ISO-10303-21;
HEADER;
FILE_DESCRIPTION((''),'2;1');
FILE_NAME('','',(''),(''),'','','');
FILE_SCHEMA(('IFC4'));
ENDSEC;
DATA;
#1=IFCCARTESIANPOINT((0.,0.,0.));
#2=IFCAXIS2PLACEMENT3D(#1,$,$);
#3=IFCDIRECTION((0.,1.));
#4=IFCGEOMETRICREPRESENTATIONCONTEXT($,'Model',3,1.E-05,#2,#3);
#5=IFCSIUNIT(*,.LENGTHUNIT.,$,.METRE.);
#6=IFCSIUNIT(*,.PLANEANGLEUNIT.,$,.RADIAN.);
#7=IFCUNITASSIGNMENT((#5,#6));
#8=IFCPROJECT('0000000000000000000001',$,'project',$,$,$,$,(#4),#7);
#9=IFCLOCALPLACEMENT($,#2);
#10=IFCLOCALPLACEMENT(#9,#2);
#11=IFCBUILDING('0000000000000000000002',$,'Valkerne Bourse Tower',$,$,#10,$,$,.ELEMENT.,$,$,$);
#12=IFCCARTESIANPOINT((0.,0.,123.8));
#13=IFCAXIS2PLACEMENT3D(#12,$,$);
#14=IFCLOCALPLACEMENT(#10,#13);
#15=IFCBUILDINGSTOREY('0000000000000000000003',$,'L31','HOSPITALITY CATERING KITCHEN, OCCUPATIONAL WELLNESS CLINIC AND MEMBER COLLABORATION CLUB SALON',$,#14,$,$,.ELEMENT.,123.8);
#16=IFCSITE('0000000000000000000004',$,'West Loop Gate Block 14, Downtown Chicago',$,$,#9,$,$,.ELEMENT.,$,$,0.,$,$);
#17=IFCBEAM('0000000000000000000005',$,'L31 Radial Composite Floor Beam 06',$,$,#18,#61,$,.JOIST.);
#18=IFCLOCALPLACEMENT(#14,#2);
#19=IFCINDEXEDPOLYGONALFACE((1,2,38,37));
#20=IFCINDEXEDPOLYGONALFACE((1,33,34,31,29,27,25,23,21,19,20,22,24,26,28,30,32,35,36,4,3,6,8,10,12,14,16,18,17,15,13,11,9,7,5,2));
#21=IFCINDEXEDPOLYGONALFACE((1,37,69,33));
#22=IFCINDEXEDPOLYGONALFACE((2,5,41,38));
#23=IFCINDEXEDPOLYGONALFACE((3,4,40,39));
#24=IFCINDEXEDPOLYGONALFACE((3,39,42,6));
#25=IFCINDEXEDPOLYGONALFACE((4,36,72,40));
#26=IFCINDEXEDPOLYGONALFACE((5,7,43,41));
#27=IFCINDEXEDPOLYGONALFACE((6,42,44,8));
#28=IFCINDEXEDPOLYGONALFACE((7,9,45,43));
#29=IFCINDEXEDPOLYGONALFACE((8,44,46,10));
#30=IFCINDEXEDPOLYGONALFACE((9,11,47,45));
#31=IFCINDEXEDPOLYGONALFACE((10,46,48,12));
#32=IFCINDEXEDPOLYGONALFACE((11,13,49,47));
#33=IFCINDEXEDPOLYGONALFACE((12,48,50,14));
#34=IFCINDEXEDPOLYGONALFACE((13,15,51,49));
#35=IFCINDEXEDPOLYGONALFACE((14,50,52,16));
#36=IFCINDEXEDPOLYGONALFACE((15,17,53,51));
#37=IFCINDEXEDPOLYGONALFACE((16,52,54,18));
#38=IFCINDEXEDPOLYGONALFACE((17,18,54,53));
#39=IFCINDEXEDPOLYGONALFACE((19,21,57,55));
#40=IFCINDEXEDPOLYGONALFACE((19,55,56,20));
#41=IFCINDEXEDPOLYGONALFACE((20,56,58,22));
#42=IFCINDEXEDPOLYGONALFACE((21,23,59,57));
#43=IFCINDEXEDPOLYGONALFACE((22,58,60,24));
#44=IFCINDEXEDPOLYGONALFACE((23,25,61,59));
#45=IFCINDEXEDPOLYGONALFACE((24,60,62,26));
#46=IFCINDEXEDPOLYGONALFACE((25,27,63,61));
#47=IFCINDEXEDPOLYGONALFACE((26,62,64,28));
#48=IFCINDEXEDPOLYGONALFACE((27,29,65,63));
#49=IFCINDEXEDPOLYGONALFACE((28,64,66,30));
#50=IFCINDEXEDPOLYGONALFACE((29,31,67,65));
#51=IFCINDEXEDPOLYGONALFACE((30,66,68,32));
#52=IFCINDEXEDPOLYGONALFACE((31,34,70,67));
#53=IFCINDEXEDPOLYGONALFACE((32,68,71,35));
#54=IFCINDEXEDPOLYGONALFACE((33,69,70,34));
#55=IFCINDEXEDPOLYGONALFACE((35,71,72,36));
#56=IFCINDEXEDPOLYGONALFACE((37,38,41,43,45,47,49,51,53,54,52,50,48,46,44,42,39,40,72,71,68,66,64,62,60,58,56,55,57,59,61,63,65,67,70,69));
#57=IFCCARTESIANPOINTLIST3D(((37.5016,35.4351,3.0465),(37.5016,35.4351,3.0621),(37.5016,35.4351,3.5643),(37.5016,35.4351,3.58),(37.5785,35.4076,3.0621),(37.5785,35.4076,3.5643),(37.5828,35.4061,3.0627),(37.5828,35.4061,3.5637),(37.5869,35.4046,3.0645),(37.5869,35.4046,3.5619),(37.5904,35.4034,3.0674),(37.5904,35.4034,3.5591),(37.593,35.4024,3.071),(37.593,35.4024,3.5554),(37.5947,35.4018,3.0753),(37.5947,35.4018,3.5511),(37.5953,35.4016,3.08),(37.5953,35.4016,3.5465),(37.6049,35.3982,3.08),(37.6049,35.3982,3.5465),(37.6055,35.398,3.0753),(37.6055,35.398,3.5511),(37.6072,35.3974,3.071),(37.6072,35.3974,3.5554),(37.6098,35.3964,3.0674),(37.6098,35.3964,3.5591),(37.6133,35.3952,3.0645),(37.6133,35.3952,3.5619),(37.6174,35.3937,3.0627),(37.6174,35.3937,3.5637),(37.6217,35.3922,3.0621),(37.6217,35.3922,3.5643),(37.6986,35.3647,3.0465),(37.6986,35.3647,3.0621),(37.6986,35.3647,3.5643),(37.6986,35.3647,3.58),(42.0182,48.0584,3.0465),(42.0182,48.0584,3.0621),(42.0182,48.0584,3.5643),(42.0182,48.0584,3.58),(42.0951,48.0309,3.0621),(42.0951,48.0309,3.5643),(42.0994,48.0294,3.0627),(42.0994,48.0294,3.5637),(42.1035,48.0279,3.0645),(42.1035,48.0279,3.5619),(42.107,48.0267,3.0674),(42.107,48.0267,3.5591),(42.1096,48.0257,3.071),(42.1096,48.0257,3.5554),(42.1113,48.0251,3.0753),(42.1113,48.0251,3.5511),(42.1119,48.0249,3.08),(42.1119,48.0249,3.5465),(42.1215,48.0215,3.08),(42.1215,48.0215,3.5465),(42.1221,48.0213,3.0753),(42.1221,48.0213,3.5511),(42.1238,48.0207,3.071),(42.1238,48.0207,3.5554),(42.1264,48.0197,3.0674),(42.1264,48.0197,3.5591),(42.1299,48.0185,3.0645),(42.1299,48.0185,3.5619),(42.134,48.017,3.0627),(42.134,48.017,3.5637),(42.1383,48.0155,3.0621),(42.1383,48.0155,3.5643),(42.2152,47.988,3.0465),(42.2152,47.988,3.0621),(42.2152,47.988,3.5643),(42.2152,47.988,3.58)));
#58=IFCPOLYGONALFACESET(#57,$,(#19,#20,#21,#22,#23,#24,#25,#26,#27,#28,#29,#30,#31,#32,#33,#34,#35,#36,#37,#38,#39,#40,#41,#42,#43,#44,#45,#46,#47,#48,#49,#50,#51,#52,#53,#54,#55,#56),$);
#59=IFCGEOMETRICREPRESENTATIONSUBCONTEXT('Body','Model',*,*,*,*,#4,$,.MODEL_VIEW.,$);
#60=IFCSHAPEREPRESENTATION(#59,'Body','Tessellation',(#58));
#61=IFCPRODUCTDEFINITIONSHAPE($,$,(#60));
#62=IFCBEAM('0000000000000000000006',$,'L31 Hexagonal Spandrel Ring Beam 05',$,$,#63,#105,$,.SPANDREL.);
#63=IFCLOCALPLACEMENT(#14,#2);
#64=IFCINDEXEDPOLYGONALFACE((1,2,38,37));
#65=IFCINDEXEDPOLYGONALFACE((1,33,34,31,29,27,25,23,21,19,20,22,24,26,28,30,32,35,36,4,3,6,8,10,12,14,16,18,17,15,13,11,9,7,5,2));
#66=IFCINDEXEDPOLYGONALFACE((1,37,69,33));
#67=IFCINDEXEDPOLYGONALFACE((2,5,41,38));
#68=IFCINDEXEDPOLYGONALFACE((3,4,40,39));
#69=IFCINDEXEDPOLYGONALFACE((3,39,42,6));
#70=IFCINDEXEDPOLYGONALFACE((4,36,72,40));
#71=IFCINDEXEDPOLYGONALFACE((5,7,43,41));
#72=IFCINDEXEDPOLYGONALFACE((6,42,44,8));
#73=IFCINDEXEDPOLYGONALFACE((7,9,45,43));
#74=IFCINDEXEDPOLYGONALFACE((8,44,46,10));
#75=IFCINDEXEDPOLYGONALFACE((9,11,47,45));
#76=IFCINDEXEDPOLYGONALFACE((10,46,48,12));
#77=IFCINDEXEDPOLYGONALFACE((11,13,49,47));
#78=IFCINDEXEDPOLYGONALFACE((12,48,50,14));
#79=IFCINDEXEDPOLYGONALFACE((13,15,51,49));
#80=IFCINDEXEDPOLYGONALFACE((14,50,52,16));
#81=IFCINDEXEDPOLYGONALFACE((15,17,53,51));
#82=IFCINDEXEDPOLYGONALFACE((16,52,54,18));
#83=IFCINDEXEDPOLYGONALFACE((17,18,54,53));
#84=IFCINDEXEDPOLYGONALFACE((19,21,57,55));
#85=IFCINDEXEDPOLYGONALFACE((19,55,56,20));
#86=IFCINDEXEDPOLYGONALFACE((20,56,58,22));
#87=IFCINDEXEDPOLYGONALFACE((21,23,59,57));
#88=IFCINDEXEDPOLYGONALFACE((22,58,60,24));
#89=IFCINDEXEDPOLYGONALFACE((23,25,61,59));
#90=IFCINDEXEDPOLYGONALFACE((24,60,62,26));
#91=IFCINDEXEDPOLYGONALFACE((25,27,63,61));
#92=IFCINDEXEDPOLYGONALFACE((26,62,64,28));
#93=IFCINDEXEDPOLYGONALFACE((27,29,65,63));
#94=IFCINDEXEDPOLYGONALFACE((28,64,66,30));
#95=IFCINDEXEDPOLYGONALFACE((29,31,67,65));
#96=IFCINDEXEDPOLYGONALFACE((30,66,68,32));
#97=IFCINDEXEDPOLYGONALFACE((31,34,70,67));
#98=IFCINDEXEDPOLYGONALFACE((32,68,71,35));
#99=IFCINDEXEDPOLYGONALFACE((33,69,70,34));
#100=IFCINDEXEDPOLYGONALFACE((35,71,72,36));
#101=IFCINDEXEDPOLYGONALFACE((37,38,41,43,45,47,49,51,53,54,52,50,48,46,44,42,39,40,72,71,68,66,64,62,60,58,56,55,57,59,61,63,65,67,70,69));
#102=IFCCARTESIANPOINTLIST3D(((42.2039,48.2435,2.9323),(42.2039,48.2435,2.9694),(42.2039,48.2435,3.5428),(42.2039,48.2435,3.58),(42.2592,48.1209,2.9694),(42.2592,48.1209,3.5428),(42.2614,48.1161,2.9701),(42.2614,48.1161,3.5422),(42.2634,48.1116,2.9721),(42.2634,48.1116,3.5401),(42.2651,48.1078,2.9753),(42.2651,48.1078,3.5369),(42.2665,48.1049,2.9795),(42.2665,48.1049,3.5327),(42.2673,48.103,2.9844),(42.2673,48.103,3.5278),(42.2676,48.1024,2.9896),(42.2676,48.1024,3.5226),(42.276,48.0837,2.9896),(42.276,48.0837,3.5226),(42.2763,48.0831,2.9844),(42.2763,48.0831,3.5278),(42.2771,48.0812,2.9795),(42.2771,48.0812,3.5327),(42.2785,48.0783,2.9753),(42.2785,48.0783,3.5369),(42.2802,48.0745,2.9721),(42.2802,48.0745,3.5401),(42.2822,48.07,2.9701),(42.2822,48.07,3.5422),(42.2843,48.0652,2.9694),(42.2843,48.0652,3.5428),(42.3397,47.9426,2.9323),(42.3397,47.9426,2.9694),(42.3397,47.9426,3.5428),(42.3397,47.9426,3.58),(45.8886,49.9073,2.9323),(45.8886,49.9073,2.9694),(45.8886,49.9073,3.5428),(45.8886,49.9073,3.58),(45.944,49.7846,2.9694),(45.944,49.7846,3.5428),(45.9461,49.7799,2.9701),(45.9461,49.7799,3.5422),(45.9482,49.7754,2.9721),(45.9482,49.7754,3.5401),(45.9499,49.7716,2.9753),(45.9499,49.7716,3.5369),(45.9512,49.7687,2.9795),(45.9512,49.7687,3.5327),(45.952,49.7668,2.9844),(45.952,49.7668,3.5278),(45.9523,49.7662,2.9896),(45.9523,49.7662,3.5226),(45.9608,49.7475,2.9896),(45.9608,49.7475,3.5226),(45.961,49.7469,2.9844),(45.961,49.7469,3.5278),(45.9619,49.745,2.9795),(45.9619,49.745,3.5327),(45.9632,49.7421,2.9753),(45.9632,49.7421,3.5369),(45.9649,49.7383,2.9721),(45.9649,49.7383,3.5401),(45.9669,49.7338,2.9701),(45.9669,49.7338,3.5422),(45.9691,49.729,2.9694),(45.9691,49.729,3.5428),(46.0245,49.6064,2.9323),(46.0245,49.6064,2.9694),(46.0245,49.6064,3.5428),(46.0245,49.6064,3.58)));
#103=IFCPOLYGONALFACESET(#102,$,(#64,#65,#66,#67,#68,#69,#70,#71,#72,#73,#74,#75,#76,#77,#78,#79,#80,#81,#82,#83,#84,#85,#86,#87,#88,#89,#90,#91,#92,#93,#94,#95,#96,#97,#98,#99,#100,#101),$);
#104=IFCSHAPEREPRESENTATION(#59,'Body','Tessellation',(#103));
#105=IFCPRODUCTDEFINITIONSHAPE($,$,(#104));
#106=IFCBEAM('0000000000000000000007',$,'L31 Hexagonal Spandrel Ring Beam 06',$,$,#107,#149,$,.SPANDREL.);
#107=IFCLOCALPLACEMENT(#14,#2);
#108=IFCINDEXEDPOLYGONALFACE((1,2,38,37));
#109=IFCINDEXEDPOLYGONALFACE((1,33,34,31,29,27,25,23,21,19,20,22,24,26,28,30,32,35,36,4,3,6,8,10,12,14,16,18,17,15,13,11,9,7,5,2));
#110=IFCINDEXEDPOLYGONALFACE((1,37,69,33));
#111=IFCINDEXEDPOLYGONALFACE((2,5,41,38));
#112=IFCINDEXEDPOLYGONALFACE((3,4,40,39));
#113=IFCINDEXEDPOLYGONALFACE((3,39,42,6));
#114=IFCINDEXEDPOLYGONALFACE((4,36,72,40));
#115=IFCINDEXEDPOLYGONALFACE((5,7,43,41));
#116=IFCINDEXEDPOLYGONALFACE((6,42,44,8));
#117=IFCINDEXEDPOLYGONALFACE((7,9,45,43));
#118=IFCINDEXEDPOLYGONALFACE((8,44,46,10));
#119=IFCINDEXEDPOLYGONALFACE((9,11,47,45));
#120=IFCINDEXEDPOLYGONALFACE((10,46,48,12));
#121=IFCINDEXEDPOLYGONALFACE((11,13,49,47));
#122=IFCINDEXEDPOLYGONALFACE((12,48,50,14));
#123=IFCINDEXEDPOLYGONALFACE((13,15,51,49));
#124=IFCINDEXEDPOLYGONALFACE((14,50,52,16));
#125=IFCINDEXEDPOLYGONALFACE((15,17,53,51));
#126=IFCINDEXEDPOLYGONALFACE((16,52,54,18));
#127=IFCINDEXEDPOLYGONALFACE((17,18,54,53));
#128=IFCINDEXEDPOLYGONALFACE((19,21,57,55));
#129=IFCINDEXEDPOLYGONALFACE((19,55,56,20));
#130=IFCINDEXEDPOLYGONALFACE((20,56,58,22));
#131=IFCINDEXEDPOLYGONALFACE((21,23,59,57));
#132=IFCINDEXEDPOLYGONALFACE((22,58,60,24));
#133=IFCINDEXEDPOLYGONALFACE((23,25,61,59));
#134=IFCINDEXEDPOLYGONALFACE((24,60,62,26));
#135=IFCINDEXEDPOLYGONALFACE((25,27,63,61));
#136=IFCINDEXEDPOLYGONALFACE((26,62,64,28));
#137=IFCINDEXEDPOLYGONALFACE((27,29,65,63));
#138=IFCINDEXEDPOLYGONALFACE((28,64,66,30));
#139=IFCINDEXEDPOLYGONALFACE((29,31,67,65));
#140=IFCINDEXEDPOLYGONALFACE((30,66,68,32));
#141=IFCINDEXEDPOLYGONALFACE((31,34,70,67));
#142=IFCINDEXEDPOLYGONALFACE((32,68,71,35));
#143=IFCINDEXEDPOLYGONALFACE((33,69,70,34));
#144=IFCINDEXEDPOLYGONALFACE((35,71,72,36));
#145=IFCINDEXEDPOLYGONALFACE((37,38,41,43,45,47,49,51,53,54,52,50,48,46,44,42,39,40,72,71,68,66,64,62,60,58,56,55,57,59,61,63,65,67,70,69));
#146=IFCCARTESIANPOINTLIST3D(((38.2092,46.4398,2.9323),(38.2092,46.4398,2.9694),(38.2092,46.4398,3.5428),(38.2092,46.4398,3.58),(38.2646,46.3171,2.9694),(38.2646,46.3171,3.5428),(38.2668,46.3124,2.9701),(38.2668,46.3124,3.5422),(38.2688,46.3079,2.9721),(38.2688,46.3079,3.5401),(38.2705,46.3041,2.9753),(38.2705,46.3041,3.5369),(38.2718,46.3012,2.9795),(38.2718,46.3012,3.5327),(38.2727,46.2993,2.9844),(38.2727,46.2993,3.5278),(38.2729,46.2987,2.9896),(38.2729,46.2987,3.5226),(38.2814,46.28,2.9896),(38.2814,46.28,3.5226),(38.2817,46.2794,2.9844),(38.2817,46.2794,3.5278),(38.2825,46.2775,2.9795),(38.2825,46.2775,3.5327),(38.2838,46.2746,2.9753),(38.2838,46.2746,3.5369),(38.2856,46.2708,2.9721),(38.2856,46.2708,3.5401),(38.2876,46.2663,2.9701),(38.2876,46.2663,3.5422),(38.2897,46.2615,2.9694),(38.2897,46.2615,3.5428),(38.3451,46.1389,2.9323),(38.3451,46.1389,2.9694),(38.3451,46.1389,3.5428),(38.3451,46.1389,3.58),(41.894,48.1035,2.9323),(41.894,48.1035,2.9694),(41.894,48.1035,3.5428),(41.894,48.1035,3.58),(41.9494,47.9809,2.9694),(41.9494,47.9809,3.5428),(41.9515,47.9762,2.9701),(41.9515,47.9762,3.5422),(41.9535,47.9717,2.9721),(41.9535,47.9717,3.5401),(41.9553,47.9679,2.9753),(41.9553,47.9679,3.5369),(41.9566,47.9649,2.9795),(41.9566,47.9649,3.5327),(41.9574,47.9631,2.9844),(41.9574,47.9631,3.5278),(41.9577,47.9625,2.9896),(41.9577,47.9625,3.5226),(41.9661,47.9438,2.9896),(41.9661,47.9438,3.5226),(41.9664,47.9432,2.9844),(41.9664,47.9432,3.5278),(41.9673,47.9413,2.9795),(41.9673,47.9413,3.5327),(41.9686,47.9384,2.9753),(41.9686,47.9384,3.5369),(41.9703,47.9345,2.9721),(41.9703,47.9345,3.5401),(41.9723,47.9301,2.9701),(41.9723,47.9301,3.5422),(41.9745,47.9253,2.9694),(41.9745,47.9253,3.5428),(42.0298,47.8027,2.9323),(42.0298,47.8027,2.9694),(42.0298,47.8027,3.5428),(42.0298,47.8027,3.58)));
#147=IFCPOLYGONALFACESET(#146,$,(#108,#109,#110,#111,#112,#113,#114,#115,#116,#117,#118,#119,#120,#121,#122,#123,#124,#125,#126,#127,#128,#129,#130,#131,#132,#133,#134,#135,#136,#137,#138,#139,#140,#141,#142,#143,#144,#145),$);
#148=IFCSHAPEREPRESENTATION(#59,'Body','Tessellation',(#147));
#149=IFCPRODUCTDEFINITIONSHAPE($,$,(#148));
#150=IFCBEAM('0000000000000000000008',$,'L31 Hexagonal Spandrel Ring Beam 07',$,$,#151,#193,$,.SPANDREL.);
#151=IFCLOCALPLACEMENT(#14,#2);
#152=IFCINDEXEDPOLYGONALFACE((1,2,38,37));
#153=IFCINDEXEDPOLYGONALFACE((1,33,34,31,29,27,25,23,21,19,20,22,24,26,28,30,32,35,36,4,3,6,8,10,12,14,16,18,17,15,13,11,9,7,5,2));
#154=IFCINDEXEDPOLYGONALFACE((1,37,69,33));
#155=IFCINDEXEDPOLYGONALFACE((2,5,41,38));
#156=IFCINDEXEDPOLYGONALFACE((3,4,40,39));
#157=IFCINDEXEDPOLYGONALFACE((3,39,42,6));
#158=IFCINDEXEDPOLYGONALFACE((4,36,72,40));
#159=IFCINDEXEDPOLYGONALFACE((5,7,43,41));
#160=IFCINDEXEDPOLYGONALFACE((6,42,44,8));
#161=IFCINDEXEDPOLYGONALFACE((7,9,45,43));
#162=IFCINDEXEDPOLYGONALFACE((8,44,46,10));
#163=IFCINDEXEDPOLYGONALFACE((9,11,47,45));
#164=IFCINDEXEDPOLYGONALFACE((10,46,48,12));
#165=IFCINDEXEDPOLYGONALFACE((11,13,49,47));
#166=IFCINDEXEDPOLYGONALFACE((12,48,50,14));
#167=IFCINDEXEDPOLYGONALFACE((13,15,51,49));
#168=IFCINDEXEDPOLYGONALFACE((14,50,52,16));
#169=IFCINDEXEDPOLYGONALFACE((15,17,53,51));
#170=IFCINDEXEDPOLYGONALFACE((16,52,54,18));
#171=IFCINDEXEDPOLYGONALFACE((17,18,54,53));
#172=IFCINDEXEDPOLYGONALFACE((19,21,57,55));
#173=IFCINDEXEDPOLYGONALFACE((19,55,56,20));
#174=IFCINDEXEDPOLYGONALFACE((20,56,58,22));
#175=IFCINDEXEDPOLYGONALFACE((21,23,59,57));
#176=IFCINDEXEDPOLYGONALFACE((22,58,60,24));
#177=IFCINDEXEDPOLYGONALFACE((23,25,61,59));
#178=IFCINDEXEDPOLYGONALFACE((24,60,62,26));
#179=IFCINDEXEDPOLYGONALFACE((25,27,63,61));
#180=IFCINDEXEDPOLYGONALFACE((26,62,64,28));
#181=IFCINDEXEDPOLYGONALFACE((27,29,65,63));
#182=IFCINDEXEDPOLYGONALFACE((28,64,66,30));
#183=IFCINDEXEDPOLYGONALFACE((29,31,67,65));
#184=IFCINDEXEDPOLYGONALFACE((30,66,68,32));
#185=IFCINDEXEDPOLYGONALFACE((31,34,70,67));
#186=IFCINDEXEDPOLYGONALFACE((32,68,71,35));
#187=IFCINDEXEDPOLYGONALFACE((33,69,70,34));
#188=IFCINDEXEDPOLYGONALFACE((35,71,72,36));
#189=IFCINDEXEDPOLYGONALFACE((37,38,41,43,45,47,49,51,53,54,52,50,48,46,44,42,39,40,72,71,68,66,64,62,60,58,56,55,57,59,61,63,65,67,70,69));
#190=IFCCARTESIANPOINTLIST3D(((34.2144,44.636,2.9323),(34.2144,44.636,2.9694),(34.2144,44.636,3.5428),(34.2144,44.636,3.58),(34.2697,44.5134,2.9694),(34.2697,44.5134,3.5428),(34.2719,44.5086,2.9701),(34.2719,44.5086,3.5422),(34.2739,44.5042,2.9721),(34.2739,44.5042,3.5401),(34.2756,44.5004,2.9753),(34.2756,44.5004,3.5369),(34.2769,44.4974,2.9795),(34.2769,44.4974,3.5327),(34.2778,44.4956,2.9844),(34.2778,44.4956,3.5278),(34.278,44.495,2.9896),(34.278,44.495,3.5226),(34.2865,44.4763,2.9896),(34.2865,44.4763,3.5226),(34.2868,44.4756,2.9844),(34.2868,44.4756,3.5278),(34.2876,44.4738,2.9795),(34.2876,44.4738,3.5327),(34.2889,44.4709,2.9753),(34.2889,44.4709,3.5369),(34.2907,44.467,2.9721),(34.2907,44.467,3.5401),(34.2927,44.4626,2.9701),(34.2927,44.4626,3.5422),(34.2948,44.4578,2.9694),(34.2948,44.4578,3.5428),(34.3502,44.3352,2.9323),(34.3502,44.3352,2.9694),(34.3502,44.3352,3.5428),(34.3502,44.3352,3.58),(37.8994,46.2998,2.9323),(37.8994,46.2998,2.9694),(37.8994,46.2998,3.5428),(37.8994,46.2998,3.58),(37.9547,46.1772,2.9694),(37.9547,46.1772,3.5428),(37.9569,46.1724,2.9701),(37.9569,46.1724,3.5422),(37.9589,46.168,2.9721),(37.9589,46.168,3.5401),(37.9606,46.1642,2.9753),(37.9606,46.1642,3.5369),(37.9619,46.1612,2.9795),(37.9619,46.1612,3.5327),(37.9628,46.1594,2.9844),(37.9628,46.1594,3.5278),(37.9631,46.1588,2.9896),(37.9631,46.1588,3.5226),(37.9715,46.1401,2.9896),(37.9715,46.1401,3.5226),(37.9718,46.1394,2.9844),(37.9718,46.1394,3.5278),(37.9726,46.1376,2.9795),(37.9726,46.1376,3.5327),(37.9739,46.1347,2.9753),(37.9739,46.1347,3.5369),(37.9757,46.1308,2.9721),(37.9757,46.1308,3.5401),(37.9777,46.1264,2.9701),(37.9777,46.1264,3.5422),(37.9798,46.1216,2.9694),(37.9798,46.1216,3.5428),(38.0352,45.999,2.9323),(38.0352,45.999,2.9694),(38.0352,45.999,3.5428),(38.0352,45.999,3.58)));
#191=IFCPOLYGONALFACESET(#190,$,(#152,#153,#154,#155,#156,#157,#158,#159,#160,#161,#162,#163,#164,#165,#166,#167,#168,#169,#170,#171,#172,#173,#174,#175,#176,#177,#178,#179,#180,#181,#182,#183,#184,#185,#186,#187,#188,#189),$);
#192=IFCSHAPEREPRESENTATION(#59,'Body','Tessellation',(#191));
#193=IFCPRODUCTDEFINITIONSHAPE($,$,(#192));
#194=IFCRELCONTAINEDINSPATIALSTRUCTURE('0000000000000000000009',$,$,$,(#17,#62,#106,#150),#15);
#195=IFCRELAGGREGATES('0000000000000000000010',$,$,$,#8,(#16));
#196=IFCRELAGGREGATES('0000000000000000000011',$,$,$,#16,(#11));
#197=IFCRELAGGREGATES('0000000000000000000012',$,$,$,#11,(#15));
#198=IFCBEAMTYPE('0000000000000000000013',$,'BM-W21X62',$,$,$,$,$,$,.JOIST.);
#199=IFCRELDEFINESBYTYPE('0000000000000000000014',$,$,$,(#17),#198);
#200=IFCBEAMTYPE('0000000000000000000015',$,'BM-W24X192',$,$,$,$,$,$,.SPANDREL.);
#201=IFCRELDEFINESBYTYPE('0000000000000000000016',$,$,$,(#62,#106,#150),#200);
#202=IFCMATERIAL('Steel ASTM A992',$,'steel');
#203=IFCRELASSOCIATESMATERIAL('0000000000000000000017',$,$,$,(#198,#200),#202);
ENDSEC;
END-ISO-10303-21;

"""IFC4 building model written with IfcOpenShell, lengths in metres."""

from ifc_helpers import new_model, si_unit, direction, frame, origin, origin_2d, place, context, subcontext, project, spatial, i_section, extrude, material, material_profile, profile_set, type_object, element, save


model = new_model("IFC4")

# Units and contexts
model_context = context("Model", 3, precision=1e-05, world=origin(), true_north=direction((0.0, 1.0)))
body_context = subcontext(model_context, "Body", "Model", "MODEL_VIEW")
ifc_project = project(units=[si_unit("LENGTHUNIT", "METRE"), si_unit("PLANEANGLEUNIT", "RADIAN")], contexts=[model_context])

# Site, building, storey
site_placement = place(None, origin())
site = spatial("IfcSite", under=ifc_project, at=site_placement, Name="West Loop Gate Block 14, Downtown Chicago", CompositionType="ELEMENT", RefElevation=0.0)
building_placement = place(site_placement, origin())
building = spatial("IfcBuilding", under=site, at=building_placement, Name="Valkerne Bourse Tower", CompositionType="ELEMENT")
storey_placement = place(building_placement, frame((0.0, 0.0, 123.8)))
storey = spatial("IfcBuildingStorey", under=building, at=storey_placement, Name="L31", Description="HOSPITALITY CATERING KITCHEN, OCCUPATIONAL WELLNESS CLINIC AND MEMBER COLLABORATION CLUB SALON", CompositionType="ELEMENT", Elevation=123.8)

# Beams
ifc_material_1 = material(Name="Steel ASTM A992", Category="steel")
ifc_material_profile_1 = material_profile(ifc_material_1, i_section(OverallWidth=0.2092, OverallDepth=0.5334, WebThickness=0.0103, FlangeThickness=0.0156, FilletRadius=0.0178, at=origin_2d()), Name="W21X62")
ifc_profile_set_1 = profile_set([ifc_material_profile_1], Name="Steel ASTM A992")
beam_type_1 = type_object("IfcBeamType", Name="BM-W21X62", PredefinedType="JOIST", material=ifc_profile_set_1)
beam_1_placement = place(storey_placement, frame((42.1167, 48.0232, 3.3132), z_axis=(-0.336884, -0.941546, 0.0), x_axis=(0.941546, -0.336884, 0.0)))
element("IfcBeam", 1, at=beam_1_placement, inside=storey, type_object=beam_type_1, Name="L31 Radial Composite Floor Beam 06", PredefinedType="JOIST", context=body_context, shape_type="SweptSolid", body=[
    extrude(i_section(OverallWidth=0.2092, OverallDepth=0.5334, WebThickness=0.0103, FlangeThickness=0.0156, FilletRadius=0.0178, at=origin_2d()), origin(), (0.0, 0.0, 1.0), 13.407),
])
ifc_material_profile_2 = material_profile(ifc_material_1, i_section(OverallWidth=0.3301, OverallDepth=0.6477, WebThickness=0.0205, FlangeThickness=0.0371, FilletRadius=0.0203, at=origin_2d()), Name="W24X192")
ifc_profile_set_2 = profile_set([ifc_material_profile_2], Name="Steel ASTM A992")
beam_type_2 = type_object("IfcBeamType", Name="BM-W24X192", PredefinedType="SPANDREL", material=ifc_profile_set_2)
for number, where, z_axis, x_axis, name in (
    (2, (45.9565, 49.7568, 3.2561), (-0.911398, -0.411527, 0.0), (0.411527, -0.911398, 0.0), "L31 Hexagonal Spandrel Ring Beam 05"),
    (3, (41.9619, 47.9531, 3.2561), (-0.911398, -0.411527, 0.0), (0.411527, -0.911398, 0.0), "L31 Hexagonal Spandrel Ring Beam 06"),
):
    element("IfcBeam", number, at=place(storey_placement, frame(where, z_axis=z_axis, x_axis=x_axis)), inside=storey, type_object=beam_type_2, Name=name, PredefinedType="SPANDREL", context=body_context, shape_type="SweptSolid", body=[
        extrude(i_section(OverallWidth=0.3301, OverallDepth=0.6477, WebThickness=0.0205, FlangeThickness=0.0371, FilletRadius=0.0203, at=origin_2d()), origin(), (0.0, 0.0, 1.0), 4.043),
    ])
beam_2_placement = place(storey_placement, frame((37.9673, 46.1494, 3.2561), z_axis=(-0.911408, -0.411504, 0.0), x_axis=(0.411504, -0.911408, 0.0)))
element("IfcBeam", 4, at=beam_2_placement, inside=storey, type_object=beam_type_2, Name="L31 Hexagonal Spandrel Ring Beam 07", PredefinedType="SPANDREL", context=body_context, shape_type="SweptSolid", body=[
    extrude(i_section(OverallWidth=0.3301, OverallDepth=0.6477, WebThickness=0.0205, FlangeThickness=0.0371, FilletRadius=0.0203, at=origin_2d()), origin(), (0.0, 0.0, 1.0), 4.0432),
])

save(model, "model.ifc")
